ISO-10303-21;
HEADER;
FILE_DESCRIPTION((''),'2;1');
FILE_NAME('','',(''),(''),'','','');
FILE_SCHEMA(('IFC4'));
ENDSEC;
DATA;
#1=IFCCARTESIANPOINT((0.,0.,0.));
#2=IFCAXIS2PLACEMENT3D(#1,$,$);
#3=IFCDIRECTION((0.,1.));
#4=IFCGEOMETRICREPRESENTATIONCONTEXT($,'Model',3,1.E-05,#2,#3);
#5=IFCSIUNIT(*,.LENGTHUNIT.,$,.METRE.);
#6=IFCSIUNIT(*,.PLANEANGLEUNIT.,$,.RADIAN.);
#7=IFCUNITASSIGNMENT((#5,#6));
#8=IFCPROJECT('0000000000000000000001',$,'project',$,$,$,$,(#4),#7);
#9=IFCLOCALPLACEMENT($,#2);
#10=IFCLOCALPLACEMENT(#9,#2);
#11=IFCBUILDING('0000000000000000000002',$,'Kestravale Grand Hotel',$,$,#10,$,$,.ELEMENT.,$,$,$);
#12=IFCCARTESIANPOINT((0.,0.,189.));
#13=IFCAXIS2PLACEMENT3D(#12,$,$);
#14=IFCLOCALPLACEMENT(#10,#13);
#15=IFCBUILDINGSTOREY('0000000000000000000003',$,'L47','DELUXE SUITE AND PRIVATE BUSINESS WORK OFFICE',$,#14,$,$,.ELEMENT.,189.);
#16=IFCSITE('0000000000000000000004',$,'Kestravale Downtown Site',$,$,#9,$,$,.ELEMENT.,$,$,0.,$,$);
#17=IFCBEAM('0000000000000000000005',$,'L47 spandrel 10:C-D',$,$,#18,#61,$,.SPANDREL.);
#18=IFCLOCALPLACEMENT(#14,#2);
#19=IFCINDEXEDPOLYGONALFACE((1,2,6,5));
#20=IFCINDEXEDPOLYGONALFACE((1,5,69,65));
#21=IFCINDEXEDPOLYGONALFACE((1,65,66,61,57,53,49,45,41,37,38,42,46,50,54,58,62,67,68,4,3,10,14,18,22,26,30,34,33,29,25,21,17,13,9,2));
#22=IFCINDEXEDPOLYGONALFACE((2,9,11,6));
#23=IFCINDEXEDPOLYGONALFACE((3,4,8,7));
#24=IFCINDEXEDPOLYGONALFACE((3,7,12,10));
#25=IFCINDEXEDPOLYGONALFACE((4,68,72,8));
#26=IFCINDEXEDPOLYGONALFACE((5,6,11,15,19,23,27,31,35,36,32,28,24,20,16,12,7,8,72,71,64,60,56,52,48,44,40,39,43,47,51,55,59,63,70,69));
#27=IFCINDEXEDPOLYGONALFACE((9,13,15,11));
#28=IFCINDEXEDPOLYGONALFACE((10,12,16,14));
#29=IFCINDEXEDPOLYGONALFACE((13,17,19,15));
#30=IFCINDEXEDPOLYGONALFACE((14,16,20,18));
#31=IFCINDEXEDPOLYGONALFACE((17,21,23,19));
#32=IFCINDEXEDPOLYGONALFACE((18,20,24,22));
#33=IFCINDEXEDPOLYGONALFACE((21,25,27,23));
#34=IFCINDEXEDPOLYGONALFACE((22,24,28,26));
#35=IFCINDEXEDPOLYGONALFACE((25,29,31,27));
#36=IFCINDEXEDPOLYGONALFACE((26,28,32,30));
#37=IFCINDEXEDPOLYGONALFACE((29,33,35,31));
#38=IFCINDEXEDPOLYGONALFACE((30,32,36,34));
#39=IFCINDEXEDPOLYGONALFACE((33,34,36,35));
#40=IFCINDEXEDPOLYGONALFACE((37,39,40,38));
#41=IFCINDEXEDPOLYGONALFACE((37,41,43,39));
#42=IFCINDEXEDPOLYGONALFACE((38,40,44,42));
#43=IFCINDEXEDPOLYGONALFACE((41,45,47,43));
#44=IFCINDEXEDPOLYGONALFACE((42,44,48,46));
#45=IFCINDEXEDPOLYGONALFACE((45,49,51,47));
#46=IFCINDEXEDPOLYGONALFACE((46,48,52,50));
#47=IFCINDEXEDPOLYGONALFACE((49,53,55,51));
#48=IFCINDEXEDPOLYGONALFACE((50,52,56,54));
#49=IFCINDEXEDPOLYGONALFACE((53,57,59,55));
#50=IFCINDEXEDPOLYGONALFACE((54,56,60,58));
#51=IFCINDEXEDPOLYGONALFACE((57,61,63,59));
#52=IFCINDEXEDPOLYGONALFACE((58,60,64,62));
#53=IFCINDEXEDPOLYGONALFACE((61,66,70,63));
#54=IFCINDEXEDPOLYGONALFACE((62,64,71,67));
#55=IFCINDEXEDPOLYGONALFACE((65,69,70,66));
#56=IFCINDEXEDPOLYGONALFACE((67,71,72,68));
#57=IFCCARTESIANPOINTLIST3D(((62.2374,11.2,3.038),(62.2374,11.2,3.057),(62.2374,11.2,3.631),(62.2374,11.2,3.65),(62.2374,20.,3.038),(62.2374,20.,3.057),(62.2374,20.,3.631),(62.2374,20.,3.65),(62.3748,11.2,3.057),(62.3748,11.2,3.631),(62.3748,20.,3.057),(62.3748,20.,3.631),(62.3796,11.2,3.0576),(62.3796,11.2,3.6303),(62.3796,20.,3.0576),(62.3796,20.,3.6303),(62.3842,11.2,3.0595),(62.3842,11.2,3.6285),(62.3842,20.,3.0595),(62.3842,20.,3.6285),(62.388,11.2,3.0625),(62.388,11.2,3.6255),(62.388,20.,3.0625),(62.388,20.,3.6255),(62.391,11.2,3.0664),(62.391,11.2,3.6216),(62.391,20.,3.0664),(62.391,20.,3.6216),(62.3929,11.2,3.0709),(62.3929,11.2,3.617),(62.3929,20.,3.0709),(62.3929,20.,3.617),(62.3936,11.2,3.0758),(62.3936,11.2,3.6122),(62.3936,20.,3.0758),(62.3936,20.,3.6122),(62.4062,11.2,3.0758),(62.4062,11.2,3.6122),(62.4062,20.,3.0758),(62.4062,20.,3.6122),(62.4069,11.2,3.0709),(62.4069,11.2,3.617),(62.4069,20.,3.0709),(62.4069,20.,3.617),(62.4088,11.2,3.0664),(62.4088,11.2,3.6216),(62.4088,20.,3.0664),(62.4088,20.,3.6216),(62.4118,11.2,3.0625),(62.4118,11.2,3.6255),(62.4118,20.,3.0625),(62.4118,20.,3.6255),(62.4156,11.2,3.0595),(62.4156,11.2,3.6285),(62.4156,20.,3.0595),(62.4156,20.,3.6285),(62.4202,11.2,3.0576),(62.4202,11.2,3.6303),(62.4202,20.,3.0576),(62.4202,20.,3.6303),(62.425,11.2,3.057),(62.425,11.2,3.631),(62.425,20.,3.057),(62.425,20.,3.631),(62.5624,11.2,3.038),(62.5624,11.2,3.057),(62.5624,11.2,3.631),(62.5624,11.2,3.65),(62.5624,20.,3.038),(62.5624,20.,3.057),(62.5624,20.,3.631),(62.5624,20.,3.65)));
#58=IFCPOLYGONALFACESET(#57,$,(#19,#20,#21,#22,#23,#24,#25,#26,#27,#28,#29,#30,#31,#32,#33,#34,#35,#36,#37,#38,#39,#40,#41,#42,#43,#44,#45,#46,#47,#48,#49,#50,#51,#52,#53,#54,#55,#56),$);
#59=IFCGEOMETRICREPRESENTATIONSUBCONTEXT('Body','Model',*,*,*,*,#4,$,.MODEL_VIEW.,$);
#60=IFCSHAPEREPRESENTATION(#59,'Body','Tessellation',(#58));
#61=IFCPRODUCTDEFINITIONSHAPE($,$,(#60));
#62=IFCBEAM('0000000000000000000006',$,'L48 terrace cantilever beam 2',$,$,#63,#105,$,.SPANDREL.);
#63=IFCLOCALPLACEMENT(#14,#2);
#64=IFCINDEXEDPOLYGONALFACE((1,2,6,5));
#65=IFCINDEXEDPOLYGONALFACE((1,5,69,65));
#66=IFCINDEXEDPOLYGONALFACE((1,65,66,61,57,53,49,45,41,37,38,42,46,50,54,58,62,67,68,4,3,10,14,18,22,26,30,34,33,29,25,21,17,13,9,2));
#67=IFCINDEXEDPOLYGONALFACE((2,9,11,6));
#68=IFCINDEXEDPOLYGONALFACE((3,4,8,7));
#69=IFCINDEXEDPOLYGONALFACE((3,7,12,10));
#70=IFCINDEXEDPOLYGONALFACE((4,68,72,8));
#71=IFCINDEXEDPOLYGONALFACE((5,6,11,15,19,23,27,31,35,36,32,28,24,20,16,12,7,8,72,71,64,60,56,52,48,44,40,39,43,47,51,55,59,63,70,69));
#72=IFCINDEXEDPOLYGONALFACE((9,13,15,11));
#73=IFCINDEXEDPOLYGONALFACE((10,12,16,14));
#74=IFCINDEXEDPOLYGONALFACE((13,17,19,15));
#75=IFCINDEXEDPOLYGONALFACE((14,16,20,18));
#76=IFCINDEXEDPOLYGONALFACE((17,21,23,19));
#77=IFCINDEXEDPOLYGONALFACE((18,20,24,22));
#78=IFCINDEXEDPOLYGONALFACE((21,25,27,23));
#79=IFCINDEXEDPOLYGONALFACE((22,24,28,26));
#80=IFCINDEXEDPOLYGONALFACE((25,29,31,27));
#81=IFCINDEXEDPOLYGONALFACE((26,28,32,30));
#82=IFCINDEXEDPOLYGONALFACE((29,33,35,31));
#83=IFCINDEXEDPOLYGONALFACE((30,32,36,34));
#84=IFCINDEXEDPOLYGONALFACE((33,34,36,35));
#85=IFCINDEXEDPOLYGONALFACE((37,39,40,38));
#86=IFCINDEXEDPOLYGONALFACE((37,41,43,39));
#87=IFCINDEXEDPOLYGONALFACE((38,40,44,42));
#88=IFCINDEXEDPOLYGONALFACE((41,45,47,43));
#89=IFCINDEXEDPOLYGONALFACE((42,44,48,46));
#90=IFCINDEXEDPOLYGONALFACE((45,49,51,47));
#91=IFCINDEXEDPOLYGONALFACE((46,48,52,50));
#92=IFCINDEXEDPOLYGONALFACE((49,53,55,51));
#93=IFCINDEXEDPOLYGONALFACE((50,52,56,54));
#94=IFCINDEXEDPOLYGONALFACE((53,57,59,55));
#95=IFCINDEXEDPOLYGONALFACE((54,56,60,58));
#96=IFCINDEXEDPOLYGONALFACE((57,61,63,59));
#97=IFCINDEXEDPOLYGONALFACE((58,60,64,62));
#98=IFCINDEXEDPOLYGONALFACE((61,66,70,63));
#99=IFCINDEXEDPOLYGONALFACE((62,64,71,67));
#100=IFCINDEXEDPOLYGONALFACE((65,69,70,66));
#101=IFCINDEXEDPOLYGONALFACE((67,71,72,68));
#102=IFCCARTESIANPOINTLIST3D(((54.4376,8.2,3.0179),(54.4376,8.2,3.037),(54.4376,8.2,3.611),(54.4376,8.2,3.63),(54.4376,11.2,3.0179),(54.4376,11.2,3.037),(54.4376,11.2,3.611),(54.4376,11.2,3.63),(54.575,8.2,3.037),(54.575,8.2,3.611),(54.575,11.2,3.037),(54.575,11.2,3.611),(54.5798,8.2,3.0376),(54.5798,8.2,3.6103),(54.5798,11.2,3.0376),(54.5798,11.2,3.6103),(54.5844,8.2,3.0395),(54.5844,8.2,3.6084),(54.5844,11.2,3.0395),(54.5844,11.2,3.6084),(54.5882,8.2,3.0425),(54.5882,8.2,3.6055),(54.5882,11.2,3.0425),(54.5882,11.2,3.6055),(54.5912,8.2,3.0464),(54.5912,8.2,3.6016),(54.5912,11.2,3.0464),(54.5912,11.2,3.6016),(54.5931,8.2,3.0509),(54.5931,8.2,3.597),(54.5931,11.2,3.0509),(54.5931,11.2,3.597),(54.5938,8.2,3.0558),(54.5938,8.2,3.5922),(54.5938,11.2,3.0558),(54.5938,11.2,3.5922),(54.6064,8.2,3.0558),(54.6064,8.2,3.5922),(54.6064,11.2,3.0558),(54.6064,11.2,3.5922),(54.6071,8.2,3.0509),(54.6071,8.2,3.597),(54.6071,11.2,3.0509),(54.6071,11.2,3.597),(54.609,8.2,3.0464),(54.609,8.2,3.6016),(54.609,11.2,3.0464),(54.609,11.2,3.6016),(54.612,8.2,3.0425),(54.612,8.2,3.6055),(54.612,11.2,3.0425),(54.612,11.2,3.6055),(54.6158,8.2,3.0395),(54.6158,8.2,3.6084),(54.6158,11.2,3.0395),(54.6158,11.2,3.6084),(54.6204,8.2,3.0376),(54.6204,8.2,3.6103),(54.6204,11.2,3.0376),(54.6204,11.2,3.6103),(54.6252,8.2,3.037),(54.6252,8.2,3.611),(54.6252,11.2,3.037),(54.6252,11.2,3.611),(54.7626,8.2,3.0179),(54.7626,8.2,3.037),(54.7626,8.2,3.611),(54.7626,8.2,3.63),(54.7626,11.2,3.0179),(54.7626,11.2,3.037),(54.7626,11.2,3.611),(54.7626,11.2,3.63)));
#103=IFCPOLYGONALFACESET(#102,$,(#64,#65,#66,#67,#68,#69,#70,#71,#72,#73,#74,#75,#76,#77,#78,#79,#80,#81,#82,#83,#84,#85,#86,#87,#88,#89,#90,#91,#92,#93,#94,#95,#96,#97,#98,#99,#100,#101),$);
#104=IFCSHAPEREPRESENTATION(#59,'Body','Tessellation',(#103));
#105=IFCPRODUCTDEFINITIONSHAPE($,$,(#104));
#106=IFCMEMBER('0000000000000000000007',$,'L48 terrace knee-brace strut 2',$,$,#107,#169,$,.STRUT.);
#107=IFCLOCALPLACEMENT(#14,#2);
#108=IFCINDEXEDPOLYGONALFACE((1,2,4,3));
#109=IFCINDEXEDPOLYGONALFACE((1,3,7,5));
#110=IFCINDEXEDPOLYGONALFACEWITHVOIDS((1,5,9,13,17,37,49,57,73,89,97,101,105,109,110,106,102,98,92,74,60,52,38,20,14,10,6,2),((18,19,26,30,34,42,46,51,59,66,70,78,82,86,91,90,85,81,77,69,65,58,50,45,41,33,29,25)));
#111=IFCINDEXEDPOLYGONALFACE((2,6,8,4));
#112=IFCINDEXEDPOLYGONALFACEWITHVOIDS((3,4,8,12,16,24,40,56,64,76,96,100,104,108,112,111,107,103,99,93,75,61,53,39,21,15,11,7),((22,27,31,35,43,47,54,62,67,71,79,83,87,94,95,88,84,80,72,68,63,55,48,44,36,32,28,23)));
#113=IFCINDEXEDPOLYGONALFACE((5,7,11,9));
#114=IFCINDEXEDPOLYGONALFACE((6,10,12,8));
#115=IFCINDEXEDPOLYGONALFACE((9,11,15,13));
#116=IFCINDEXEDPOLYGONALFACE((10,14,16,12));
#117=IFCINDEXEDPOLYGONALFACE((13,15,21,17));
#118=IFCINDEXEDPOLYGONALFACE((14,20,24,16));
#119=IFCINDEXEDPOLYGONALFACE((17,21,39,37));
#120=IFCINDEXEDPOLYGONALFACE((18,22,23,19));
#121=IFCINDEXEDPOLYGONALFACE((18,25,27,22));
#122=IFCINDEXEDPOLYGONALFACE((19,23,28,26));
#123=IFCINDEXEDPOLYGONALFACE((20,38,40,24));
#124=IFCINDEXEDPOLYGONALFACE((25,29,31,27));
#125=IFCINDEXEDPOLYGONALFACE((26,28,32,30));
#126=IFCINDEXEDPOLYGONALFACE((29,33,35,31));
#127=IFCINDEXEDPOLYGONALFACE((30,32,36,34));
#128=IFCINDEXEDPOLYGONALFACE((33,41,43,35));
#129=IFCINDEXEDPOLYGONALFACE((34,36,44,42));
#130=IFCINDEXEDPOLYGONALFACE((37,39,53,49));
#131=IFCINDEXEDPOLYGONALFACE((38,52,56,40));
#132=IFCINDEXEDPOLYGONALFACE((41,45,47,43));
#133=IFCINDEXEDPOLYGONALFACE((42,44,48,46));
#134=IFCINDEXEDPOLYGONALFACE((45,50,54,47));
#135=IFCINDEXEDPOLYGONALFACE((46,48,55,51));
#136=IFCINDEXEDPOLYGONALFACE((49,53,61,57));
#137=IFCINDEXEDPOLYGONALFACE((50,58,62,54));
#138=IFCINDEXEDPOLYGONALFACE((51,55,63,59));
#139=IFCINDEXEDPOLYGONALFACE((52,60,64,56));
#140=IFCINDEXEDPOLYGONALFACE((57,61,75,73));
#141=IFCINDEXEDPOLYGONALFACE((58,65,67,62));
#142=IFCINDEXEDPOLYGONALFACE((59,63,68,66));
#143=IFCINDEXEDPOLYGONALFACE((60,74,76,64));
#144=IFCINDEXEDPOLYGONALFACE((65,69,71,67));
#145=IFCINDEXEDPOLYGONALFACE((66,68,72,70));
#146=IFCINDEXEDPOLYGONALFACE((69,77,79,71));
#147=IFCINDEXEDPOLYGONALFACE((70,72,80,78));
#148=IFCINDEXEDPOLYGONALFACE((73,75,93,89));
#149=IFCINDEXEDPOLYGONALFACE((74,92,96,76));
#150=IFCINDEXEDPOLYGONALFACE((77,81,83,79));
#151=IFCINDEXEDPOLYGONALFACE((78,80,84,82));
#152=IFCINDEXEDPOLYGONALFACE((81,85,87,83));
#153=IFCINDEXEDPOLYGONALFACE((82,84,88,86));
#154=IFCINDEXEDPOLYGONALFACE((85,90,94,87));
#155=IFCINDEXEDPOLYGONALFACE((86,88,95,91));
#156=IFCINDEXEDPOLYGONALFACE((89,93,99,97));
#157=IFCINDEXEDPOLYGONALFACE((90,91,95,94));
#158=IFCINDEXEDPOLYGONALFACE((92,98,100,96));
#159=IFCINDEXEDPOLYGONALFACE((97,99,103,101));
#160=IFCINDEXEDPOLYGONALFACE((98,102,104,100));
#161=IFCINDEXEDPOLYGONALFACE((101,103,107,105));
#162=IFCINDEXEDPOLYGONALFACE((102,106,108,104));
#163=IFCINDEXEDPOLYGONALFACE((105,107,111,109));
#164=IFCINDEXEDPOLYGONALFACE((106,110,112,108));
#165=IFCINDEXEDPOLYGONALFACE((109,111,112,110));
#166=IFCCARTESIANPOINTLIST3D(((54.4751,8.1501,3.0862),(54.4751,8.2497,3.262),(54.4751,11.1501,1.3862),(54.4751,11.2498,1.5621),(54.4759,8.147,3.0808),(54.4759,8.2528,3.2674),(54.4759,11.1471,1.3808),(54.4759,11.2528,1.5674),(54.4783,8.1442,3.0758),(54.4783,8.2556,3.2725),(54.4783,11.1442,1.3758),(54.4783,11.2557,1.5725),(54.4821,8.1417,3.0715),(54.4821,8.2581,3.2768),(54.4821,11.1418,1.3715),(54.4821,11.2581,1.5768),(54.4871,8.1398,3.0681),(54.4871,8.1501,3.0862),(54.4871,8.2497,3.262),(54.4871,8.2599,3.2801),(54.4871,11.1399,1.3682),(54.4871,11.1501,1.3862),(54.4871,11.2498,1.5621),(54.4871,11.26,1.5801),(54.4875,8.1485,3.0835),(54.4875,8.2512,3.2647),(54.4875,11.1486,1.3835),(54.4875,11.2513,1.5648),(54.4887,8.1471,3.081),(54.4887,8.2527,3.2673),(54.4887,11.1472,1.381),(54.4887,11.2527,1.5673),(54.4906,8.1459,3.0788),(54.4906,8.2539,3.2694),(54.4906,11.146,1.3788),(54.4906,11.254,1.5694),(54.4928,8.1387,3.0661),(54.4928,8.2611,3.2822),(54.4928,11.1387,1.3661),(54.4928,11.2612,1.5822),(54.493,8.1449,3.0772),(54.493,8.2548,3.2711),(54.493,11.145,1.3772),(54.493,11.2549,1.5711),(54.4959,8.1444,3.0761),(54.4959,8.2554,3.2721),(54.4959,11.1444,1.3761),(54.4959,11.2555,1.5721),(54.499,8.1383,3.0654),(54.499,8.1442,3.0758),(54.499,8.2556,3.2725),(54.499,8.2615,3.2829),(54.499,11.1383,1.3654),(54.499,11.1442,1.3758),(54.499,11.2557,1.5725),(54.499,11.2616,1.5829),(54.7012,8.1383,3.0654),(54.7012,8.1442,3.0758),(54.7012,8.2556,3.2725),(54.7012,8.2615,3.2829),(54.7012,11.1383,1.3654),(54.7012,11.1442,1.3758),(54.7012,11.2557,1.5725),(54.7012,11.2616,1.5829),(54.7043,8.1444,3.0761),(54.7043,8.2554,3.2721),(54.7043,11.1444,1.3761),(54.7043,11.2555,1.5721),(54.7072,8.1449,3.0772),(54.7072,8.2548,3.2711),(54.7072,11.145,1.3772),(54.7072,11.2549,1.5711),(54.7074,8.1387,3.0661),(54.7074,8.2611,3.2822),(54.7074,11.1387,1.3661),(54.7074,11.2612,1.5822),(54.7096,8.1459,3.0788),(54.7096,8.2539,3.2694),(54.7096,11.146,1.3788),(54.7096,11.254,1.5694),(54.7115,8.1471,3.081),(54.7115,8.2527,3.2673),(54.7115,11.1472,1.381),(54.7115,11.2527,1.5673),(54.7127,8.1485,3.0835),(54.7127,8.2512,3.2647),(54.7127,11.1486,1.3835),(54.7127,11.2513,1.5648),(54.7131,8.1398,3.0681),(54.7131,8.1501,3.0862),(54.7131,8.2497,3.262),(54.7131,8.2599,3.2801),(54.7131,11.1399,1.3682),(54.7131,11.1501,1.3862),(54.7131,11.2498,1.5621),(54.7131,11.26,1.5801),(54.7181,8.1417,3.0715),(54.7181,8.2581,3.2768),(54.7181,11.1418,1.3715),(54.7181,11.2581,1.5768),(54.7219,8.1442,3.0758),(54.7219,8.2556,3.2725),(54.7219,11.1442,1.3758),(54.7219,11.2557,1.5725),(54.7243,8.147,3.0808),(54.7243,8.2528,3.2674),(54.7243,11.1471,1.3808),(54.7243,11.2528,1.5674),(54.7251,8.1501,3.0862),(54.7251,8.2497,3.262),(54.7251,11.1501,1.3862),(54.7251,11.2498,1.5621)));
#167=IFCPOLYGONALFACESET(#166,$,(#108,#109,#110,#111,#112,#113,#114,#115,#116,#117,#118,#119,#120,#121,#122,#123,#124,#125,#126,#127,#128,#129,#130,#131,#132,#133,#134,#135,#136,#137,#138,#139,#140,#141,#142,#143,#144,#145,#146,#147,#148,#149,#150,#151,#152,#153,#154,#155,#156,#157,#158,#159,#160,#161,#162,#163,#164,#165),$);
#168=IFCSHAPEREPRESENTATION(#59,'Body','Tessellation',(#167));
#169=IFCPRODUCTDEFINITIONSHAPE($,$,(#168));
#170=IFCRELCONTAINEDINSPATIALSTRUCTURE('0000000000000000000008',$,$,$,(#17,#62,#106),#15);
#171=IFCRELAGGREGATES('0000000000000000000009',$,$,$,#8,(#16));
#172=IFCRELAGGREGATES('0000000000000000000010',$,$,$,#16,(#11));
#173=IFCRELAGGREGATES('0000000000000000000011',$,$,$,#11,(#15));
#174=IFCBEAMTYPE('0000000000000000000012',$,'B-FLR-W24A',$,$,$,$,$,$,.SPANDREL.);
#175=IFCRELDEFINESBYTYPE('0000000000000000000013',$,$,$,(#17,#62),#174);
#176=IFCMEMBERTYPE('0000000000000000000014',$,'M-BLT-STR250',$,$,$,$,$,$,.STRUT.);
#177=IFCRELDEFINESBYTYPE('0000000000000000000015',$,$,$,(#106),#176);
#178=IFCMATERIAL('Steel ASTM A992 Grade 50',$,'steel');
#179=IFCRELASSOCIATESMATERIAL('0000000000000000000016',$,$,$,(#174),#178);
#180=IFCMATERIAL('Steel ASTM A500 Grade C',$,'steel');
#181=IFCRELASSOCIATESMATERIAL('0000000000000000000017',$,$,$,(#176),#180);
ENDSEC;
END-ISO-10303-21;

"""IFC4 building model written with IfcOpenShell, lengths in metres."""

from ifc_helpers import new_model, si_unit, direction, frame, origin, origin_2d, place, context, subcontext, project, spatial, hollow_rectangle, i_section, extrude, material, material_profile, profile_set, type_object, element, save


model = new_model("IFC4")

# Units and contexts
model_context = context("Model", 3, precision=1e-05, world=origin(), true_north=direction((0.0, 1.0)))
body_context = subcontext(model_context, "Body", "Model", "MODEL_VIEW")
ifc_project = project(units=[si_unit("LENGTHUNIT", "METRE"), si_unit("PLANEANGLEUNIT", "RADIAN")], contexts=[model_context])

# Site, building, storey
site_placement = place(None, origin())
site = spatial("IfcSite", under=ifc_project, at=site_placement, Name="Kestravale Downtown Site", CompositionType="ELEMENT", RefElevation=0.0)
building_placement = place(site_placement, origin())
building = spatial("IfcBuilding", under=site, at=building_placement, Name="Kestravale Grand Hotel", CompositionType="ELEMENT")
storey_placement = place(building_placement, frame((0.0, 0.0, 189.0)))
storey = spatial("IfcBuildingStorey", under=building, at=storey_placement, Name="L47", Description="DELUXE SUITE AND PRIVATE BUSINESS WORK OFFICE", CompositionType="ELEMENT", Elevation=189.0)

# Beams
ifc_material_1 = material(Name="Steel ASTM A992 Grade 50", Category="steel")
ifc_material_profile_1 = material_profile(ifc_material_1, i_section(OverallWidth=0.325, OverallDepth=0.6121, WebThickness=0.0127, FlangeThickness=0.019, FilletRadius=0.0188, at=origin_2d()))
ifc_profile_set_1 = profile_set([ifc_material_profile_1], Name="Steel ASTM A992 Grade 50")
beam_type_1 = type_object("IfcBeamType", Name="B-FLR-W24A", PredefinedType="SPANDREL", material=ifc_profile_set_1)
for number, where, z_axis, x_axis, name in (
    (1, (62.3999, 11.2, 3.344), (0.0, 1.0, 0.0), (-1.0, 0.0, 0.0), "L47 spandrel 10:C-D"),
):
    element("IfcBeam", number, at=place(storey_placement, frame(where, z_axis=z_axis, x_axis=x_axis)), inside=storey, type_object=beam_type_1, Name=name, PredefinedType="SPANDREL", context=body_context, shape_type="SweptSolid", body=[
        extrude(i_section(OverallWidth=0.325, OverallDepth=0.6121, WebThickness=0.0127, FlangeThickness=0.019, FilletRadius=0.0188, at=origin_2d()), origin(), (0.0, 0.0, 1.0), 8.8),
    ])
beam_1_placement = place(storey_placement, frame((54.6001, 11.2, 3.324), z_axis=(0.0, -1.0, 0.0), x_axis=(1.0, 0.0, 0.0)))
element("IfcBeam", 2, at=beam_1_placement, inside=storey, type_object=beam_type_1, Name="L48 terrace cantilever beam 2", PredefinedType="SPANDREL", context=body_context, shape_type="SweptSolid", body=[
    extrude(i_section(OverallWidth=0.325, OverallDepth=0.6121, WebThickness=0.0127, FlangeThickness=0.019, FilletRadius=0.0188, at=origin_2d()), origin(), (0.0, 0.0, 1.0), 3.0),
])

# Member
ifc_material_2 = material(Name="Steel ASTM A500 Grade C", Category="steel")
ifc_material_profile_2 = material_profile(ifc_material_2, hollow_rectangle(XDim=0.25, YDim=0.25, WallThickness=0.012, InnerFilletRadius=0.012, OuterFilletRadius=0.0239, at=origin_2d()))
ifc_profile_set_2 = profile_set([ifc_material_profile_2], Name="Steel ASTM A500 Grade C")
member_type = type_object("IfcMemberType", Name="M-BLT-STR250", PredefinedType="STRUT", material=ifc_profile_set_2)
member_placement = place(storey_placement, frame((54.6001, 11.2, 1.4741), z_axis=(0.0, -0.870028, 0.493002), x_axis=(1.0, 0.0, 0.0)))
element("IfcMember", 3, at=member_placement, inside=storey, type_object=member_type, Name="L48 terrace knee-brace strut 2", PredefinedType="STRUT", context=body_context, shape_type="SweptSolid", body=[
    extrude(hollow_rectangle(XDim=0.25, YDim=0.25, WallThickness=0.012, InnerFilletRadius=0.012, OuterFilletRadius=0.0239, at=origin_2d()), origin(), (0.0, 0.0, 1.0), 3.4482),
])

save(model, "model.ifc")
